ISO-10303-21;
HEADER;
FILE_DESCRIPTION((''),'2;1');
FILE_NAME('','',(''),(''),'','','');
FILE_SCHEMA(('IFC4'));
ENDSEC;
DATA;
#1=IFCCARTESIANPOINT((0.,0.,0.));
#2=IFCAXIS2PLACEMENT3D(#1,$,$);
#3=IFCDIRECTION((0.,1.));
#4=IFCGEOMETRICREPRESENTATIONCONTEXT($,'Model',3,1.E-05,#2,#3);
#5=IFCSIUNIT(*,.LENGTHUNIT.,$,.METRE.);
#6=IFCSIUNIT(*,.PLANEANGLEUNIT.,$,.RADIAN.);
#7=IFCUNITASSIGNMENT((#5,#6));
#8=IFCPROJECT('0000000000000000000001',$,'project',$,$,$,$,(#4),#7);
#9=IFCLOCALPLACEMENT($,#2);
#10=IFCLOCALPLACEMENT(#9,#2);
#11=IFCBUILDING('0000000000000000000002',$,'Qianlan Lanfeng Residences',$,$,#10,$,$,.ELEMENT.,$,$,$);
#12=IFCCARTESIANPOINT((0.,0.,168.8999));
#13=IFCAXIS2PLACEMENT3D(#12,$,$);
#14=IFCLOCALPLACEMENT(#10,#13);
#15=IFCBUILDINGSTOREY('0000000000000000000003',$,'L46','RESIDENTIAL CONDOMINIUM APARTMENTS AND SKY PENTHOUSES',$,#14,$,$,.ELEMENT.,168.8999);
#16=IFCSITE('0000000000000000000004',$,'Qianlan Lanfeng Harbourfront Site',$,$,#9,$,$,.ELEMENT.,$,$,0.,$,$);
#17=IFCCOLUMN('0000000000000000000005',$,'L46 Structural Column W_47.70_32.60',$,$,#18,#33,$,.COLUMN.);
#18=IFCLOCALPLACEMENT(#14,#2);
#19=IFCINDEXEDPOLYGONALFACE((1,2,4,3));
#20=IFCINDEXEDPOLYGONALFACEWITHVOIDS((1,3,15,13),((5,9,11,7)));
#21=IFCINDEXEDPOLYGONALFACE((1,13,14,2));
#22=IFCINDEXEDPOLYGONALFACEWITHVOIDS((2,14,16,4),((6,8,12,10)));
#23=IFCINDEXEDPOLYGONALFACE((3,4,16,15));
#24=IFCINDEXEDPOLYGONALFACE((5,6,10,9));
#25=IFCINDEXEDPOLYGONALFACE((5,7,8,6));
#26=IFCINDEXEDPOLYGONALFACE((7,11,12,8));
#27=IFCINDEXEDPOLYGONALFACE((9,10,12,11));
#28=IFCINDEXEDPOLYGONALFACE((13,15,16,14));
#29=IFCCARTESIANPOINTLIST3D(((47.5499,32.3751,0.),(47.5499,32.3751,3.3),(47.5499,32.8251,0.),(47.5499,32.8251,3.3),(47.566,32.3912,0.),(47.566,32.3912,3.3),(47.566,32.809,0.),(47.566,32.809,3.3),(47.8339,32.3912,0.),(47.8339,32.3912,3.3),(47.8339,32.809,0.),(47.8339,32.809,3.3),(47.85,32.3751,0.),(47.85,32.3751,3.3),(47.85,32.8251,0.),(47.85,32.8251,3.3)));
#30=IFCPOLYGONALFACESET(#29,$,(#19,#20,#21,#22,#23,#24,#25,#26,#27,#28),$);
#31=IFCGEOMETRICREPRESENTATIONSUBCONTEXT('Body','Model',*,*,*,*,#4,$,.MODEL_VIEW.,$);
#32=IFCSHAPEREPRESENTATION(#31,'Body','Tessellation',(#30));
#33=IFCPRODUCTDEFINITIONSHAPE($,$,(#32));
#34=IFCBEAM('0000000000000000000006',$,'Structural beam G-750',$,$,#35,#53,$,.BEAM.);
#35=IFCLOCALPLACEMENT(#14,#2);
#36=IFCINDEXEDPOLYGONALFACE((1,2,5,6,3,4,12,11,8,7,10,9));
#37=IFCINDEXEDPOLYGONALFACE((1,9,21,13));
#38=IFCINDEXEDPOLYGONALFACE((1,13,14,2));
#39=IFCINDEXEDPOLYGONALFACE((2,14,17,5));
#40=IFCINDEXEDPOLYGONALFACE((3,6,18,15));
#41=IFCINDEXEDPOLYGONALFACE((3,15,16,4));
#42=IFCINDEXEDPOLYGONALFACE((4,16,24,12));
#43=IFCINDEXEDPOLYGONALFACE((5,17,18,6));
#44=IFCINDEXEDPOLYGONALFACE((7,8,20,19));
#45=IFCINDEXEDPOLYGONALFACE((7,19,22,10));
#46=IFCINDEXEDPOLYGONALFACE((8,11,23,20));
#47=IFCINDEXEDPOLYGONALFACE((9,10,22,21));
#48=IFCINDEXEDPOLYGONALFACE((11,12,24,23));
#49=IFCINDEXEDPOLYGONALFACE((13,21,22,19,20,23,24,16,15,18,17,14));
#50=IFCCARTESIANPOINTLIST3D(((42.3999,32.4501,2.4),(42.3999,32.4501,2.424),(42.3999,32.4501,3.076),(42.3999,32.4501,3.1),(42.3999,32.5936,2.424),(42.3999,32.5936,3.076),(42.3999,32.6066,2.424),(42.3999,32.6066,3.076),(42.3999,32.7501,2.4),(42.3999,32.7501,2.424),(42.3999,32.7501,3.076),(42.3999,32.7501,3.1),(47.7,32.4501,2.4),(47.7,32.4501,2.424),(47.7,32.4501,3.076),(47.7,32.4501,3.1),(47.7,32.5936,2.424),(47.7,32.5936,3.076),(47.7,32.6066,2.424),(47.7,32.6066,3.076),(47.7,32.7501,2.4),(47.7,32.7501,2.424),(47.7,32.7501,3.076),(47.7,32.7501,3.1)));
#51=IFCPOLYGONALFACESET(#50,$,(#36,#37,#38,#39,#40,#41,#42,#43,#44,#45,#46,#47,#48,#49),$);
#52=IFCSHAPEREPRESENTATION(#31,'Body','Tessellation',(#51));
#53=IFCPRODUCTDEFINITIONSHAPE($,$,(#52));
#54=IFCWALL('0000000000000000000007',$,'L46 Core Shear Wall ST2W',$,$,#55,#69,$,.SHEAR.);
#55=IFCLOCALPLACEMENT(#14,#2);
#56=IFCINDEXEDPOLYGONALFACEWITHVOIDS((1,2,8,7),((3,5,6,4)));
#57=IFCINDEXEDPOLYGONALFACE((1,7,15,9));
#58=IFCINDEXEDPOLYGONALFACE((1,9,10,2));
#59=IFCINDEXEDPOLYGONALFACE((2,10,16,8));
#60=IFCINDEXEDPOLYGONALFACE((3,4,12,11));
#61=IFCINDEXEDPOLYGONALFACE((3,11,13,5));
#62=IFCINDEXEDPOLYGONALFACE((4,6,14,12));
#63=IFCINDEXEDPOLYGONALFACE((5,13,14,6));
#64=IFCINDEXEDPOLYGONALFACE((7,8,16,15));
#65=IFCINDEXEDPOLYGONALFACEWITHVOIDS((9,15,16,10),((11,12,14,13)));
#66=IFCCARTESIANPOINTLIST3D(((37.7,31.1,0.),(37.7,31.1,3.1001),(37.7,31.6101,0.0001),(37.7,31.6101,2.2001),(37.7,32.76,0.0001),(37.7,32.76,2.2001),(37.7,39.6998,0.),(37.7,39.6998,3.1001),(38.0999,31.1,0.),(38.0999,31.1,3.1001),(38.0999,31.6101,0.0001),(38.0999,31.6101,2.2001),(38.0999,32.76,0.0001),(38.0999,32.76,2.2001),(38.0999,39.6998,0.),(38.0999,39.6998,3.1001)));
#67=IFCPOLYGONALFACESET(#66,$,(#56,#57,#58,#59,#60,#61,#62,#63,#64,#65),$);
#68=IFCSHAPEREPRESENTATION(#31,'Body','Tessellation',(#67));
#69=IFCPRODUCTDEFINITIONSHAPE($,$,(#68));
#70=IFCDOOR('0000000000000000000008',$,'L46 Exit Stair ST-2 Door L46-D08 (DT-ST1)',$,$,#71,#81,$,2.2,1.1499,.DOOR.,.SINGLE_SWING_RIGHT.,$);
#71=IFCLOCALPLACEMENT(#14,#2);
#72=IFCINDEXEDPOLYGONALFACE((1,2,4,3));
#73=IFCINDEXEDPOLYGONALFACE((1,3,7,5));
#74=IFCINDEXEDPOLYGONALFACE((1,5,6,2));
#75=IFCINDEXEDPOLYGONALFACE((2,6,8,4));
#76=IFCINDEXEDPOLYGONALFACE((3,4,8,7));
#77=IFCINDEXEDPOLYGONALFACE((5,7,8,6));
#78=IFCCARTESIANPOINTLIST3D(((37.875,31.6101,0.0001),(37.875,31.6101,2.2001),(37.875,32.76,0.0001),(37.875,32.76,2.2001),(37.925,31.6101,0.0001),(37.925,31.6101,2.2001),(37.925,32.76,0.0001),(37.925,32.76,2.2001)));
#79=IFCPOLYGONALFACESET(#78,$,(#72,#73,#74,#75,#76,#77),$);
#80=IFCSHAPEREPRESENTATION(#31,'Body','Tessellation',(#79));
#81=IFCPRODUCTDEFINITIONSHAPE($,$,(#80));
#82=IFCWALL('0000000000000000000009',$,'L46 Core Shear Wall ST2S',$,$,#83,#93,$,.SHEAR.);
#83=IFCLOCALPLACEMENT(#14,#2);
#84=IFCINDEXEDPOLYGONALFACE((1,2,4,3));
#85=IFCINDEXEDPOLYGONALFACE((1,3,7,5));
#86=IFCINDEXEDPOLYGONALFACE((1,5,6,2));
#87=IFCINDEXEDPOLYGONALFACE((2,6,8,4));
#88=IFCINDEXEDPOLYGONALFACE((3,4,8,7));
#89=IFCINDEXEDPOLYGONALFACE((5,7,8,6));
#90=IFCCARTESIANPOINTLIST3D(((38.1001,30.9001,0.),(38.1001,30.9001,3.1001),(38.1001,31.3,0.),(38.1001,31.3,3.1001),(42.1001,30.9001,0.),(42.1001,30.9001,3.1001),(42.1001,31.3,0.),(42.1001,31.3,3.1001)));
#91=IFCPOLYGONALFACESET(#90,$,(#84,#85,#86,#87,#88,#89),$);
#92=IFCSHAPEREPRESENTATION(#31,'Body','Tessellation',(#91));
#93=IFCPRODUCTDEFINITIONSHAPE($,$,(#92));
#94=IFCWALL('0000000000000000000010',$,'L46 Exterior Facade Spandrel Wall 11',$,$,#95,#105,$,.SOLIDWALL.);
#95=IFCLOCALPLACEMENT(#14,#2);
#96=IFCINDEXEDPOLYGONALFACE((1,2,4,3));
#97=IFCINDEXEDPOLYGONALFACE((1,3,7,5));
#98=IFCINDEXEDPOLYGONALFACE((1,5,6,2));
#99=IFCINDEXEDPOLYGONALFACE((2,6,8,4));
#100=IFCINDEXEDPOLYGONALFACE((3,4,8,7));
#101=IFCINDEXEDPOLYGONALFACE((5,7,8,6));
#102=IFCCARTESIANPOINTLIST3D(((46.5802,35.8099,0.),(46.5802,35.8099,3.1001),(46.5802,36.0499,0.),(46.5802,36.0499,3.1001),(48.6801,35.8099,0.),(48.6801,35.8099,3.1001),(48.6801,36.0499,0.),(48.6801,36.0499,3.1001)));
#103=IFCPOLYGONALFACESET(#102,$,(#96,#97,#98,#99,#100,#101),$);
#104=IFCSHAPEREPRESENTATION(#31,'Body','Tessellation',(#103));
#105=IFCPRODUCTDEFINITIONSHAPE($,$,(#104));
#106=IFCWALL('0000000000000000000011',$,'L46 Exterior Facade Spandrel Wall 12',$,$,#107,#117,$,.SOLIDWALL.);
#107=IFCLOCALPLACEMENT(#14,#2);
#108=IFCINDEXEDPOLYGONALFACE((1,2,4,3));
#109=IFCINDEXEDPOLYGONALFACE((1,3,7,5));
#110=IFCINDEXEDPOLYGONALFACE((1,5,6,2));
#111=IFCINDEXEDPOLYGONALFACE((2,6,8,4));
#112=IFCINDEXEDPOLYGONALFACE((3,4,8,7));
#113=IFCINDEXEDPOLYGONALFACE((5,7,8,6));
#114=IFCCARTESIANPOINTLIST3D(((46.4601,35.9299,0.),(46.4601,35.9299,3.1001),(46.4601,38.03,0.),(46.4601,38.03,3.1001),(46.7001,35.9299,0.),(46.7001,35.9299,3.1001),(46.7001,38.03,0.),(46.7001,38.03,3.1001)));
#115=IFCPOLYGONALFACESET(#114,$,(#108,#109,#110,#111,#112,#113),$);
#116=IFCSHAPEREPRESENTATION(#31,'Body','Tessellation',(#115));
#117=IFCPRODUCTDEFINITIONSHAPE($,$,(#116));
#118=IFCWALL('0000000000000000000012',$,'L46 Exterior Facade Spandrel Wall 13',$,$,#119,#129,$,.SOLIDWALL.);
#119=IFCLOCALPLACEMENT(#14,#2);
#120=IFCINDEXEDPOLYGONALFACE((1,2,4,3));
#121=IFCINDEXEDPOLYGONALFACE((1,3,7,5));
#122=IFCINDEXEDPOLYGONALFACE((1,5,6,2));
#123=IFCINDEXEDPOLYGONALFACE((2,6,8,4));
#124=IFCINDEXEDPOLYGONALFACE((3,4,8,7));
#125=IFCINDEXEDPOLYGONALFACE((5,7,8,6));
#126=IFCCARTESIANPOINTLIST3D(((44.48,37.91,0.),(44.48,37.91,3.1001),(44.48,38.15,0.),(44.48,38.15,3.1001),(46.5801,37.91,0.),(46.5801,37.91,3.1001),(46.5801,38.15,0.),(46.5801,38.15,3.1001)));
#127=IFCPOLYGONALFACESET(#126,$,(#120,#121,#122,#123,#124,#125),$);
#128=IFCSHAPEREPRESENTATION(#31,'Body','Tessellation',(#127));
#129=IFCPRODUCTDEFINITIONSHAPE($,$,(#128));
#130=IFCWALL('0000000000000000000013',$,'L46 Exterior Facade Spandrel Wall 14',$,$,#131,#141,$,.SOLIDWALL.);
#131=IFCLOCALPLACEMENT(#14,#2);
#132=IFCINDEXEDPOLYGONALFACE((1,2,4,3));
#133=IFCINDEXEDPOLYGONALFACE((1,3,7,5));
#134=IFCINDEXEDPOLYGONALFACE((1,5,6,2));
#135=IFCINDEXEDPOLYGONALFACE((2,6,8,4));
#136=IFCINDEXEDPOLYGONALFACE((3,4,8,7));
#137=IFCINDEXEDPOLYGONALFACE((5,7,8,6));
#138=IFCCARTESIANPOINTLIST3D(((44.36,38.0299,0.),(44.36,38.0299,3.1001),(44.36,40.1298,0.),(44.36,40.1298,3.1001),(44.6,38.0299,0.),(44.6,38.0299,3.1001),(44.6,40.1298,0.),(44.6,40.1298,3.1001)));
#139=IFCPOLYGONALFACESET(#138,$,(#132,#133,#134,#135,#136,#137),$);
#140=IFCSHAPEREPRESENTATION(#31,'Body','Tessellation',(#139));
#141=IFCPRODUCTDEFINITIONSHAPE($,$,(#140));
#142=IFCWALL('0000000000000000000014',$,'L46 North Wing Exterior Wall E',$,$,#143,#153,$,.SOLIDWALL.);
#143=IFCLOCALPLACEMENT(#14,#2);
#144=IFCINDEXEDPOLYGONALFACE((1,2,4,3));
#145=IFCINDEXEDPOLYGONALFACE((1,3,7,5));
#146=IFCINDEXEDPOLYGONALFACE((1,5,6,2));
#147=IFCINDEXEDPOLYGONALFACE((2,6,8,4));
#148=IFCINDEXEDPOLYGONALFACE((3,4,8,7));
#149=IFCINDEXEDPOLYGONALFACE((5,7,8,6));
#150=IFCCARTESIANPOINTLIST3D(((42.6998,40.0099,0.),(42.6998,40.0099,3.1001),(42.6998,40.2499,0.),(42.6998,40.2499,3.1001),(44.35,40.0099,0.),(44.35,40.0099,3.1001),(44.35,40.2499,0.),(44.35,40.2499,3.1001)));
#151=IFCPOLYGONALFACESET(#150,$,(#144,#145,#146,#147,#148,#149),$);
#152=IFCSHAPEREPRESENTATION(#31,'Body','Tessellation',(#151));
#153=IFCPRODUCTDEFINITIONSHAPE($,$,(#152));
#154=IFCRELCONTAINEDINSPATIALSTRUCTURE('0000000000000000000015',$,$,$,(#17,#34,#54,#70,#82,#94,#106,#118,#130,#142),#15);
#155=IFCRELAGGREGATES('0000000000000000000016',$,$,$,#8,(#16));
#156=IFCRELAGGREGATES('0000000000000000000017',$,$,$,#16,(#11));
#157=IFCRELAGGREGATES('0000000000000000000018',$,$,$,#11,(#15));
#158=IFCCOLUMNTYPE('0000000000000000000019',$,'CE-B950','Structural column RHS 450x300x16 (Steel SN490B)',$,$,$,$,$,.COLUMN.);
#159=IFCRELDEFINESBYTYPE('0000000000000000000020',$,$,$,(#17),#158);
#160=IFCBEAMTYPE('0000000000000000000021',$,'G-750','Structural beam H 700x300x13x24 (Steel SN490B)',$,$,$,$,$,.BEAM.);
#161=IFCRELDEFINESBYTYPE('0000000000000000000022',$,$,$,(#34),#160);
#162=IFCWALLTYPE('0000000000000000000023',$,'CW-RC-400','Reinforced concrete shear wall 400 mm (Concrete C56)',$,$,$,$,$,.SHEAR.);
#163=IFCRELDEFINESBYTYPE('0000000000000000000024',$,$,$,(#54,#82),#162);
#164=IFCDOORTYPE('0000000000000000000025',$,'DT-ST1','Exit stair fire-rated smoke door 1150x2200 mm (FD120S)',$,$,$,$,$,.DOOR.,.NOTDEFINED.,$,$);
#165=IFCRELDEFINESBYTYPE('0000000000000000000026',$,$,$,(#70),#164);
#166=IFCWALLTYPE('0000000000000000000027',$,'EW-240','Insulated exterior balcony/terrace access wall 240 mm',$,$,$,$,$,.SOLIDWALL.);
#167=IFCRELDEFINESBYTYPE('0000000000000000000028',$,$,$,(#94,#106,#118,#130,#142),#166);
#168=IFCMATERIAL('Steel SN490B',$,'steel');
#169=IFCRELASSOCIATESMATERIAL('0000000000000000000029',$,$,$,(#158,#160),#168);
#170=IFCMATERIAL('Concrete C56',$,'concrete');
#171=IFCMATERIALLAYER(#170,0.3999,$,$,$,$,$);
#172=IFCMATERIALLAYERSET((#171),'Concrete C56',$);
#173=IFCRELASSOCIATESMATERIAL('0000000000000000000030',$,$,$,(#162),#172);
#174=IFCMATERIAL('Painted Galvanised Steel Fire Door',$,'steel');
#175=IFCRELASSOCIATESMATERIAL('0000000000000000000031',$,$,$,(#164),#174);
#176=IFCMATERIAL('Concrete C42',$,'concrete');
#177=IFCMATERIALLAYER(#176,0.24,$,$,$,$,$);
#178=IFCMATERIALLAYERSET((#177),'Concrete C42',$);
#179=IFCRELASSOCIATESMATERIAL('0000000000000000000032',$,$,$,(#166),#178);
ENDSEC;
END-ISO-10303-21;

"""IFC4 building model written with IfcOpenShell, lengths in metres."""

from ifc_helpers import new_model, si_unit, direction, frame, frame_2d, origin, origin_2d, place, context, subcontext, project, spatial, rectangle, hollow_rectangle, i_section, extrude, material, layer, layer_set, material_profile, profile_set, type_object, element, fill, save


model = new_model("IFC4")

# Units and contexts
model_context = context("Model", 3, precision=1e-05, world=origin(), true_north=direction((0.0, 1.0)))
body_context = subcontext(model_context, "Body", "Model", "MODEL_VIEW")
ifc_project = project(units=[si_unit("LENGTHUNIT", "METRE"), si_unit("PLANEANGLEUNIT", "RADIAN")], contexts=[model_context])

# Site, building, storey
site_placement = place(None, origin())
site = spatial("IfcSite", under=ifc_project, at=site_placement, Name="Qianlan Lanfeng Harbourfront Site", CompositionType="ELEMENT", RefElevation=0.0)
building_placement = place(site_placement, origin())
building = spatial("IfcBuilding", under=site, at=building_placement, Name="Qianlan Lanfeng Residences", CompositionType="ELEMENT")
storey_placement = place(building_placement, frame((0.0, 0.0, 168.8999)))
storey = spatial("IfcBuildingStorey", under=building, at=storey_placement, Name="L46", Description="RESIDENTIAL CONDOMINIUM APARTMENTS AND SKY PENTHOUSES", CompositionType="ELEMENT", Elevation=168.8999)

# Column
ifc_material_1 = material(Name="Steel SN490B", Category="steel")
ifc_material_profile_1 = material_profile(ifc_material_1, hollow_rectangle(XDim=0.3, YDim=0.45, WallThickness=0.0161, at=origin_2d()), Name="RHS 450x300x16")
ifc_profile_set_1 = profile_set([ifc_material_profile_1], Name="Steel SN490B")
column_type = type_object("IfcColumnType", Name="CE-B950", Description="Structural column RHS 450x300x16 (Steel SN490B)", PredefinedType="COLUMN", material=ifc_profile_set_1)
column_placement = place(storey_placement, frame((47.7, 32.6001, 0.0), z_axis=(0.0, 0.0, 1.0), x_axis=(1.0, 0.0, 0.0)))
element("IfcColumn", 1, at=column_placement, inside=storey, type_object=column_type, Name="L46 Structural Column W_47.70_32.60", PredefinedType="COLUMN", context=body_context, shape_type="SweptSolid", body=[
    extrude(hollow_rectangle(XDim=0.3, YDim=0.45, WallThickness=0.0161, at=origin_2d()), origin(), (0.0, 0.0, 1.0), 3.3),
])

# Beam
ifc_material_profile_2 = material_profile(ifc_material_1, i_section(OverallWidth=0.3, OverallDepth=0.7, WebThickness=0.0129, FlangeThickness=0.0239, at=origin_2d()), Name="H 700x300x13x24")
ifc_profile_set_2 = profile_set([ifc_material_profile_2], Name="Steel SN490B")
beam_type = type_object("IfcBeamType", Name="G-750", Description="Structural beam H 700x300x13x24 (Steel SN490B)", PredefinedType="BEAM", material=ifc_profile_set_2)
beam_placement = place(storey_placement, frame((42.3999, 32.6001, 2.75), z_axis=(1.0, 0.0, 0.0), x_axis=(0.0, 1.0, 0.0)))
element("IfcBeam", 2, at=beam_placement, inside=storey, type_object=beam_type, Name="Structural beam G-750", PredefinedType="BEAM", context=body_context, shape_type="SweptSolid", body=[
    extrude(i_section(OverallWidth=0.3, OverallDepth=0.7, WebThickness=0.0129, FlangeThickness=0.0239, at=origin_2d()), origin(), (0.0, 0.0, 1.0), 5.3),
])

# Wall, opening, door
ifc_material_2 = material(Name="Concrete C56", Category="concrete")
ifc_layer_1 = layer(ifc_material_2, 0.3999)
ifc_layer_set_1 = layer_set([ifc_layer_1], Name="Concrete C56")
wall_type_1 = type_object("IfcWallType", Name="CW-RC-400", Description="Reinforced concrete shear wall 400 mm (Concrete C56)", PredefinedType="SHEAR", material=ifc_layer_set_1)
wall_1_placement = place(storey_placement, frame((37.8999, 31.1001, 0.0), z_axis=(0.0, 0.0, 1.0), x_axis=(0.0, 1.0, 0.0)))
wall_1 = element("IfcWall", 3, at=wall_1_placement, inside=storey, type_object=wall_type_1, Name="L46 Core Shear Wall ST2W", PredefinedType="SHEAR", context=body_context, shape_type="SweptSolid", body=[
    extrude(rectangle(XDim=8.5999, YDim=0.3999, at=frame_2d((4.2998, 0.0))), origin(), (0.0, 0.0, 1.0), 3.1001),
])
opening_1_placement = place(wall_1_placement, frame((0.51, 0.0, 0.0)))
opening_1 = element("IfcOpeningElement", 4, at=opening_1_placement, cuts=wall_1, PredefinedType="OPENING", context=body_context, shape_type="SweptSolid", body=[
    extrude(rectangle(XDim=1.1499, YDim=2.2, at=frame_2d((0.575, 1.1001))), frame((0.0, 0.21, 0.0), z_axis=(0.0, -1.0, 0.0), x_axis=(1.0, 0.0, 0.0)), (0.0, 0.0, 1.0), 0.4199),
])
ifc_material_3 = material(Name="Painted Galvanised Steel Fire Door", Category="steel")
door_type_1 = type_object("IfcDoorType", Name="DT-ST1", Description="Exit stair fire-rated smoke door 1150x2200 mm (FD120S)", OperationType="NOTDEFINED", PredefinedType="DOOR", material=ifc_material_3)
door_1_placement = place(opening_1_placement, origin())
door_1 = element("IfcDoor", 5, at=door_1_placement, inside=storey, type_object=door_type_1, Name="L46 Exit Stair ST-2 Door L46-D08 (DT-ST1)", OperationType="SINGLE_SWING_RIGHT", OverallHeight=2.2, OverallWidth=1.1499, PredefinedType="DOOR", context=body_context, shape_type="SweptSolid", body=[
    extrude(rectangle(XDim=1.1499, YDim=2.2, at=frame_2d((0.575, 1.1001))), frame((0.0, 0.0249, 0.0), z_axis=(0.0, -1.0, 0.0), x_axis=(1.0, 0.0, 0.0)), (0.0, 0.0, 1.0), 0.05),
])
fill(opening_1, door_1)

# Walls
wall_2_placement = place(storey_placement, frame((38.1001, 31.1001, 0.0), z_axis=(0.0, 0.0, 1.0), x_axis=(1.0, 0.0, 0.0)))
element("IfcWall", 6, at=wall_2_placement, inside=storey, type_object=wall_type_1, Name="L46 Core Shear Wall ST2S", PredefinedType="SHEAR", context=body_context, shape_type="SweptSolid", body=[
    extrude(rectangle(XDim=4.0, YDim=0.3999, at=frame_2d((2.0, 0.0))), origin(), (0.0, 0.0, 1.0), 3.1001),
])
ifc_material_4 = material(Name="Concrete C42", Category="concrete")
ifc_layer_2 = layer(ifc_material_4, 0.24)
ifc_layer_set_2 = layer_set([ifc_layer_2], Name="Concrete C42")
wall_type_2 = type_object("IfcWallType", Name="EW-240", Description="Insulated exterior balcony/terrace access wall 240 mm", PredefinedType="SOLIDWALL", material=ifc_layer_set_2)
wall_3_placement = place(storey_placement, frame((48.6799, 35.9299, 0.0), z_axis=(0.0, 0.0, 1.0), x_axis=(-1.0, 0.0, 0.0)))
element("IfcWall", 7, at=wall_3_placement, inside=storey, type_object=wall_type_2, Name="L46 Exterior Facade Spandrel Wall 11", PredefinedType="SOLIDWALL", context=body_context, shape_type="SweptSolid", body=[
    extrude(rectangle(XDim=2.0999, YDim=0.24, at=frame_2d((1.0498, 0.0))), origin(), (0.0, 0.0, 1.0), 3.1001),
])
for number, where, z_axis, x_axis, name in (
    (8, (46.5801, 35.9299, 0.0), (0.0, 0.0, 1.0), (0.0, 1.0, 0.0), "L46 Exterior Facade Spandrel Wall 12"),
    (9, (46.5801, 38.03, 0.0), (0.0, 0.0, 1.0), (-1.0, 0.0, 0.0), "L46 Exterior Facade Spandrel Wall 13"),
):
    element("IfcWall", number, at=place(storey_placement, frame(where, z_axis=z_axis, x_axis=x_axis)), inside=storey, type_object=wall_type_2, Name=name, PredefinedType="SOLIDWALL", context=body_context, shape_type="SweptSolid", body=[
        extrude(rectangle(XDim=2.1001, YDim=0.24, at=frame_2d((1.05, 0.0))), origin(), (0.0, 0.0, 1.0), 3.1001),
    ])
wall_4_placement = place(storey_placement, frame((44.48, 38.03, 0.0), z_axis=(0.0, 0.0, 1.0), x_axis=(0.0, 1.0, 0.0)))
element("IfcWall", 10, at=wall_4_placement, inside=storey, type_object=wall_type_2, Name="L46 Exterior Facade Spandrel Wall 14", PredefinedType="SOLIDWALL", context=body_context, shape_type="SweptSolid", body=[
    extrude(rectangle(XDim=2.0999, YDim=0.24, at=frame_2d((1.0498, 0.0))), origin(), (0.0, 0.0, 1.0), 3.1001),
])
wall_5_placement = place(storey_placement, frame((44.3501, 40.1299, 0.0), z_axis=(0.0, 0.0, 1.0), x_axis=(-1.0, 0.0, 0.0)))
element("IfcWall", 11, at=wall_5_placement, inside=storey, type_object=wall_type_2, Name="L46 North Wing Exterior Wall E", PredefinedType="SOLIDWALL", context=body_context, shape_type="SweptSolid", body=[
    extrude(rectangle(XDim=1.6501, YDim=0.24, at=frame_2d((0.8252, 0.0))), origin(), (0.0, 0.0, 1.0), 3.1001),
])

save(model, "model.ifc")
